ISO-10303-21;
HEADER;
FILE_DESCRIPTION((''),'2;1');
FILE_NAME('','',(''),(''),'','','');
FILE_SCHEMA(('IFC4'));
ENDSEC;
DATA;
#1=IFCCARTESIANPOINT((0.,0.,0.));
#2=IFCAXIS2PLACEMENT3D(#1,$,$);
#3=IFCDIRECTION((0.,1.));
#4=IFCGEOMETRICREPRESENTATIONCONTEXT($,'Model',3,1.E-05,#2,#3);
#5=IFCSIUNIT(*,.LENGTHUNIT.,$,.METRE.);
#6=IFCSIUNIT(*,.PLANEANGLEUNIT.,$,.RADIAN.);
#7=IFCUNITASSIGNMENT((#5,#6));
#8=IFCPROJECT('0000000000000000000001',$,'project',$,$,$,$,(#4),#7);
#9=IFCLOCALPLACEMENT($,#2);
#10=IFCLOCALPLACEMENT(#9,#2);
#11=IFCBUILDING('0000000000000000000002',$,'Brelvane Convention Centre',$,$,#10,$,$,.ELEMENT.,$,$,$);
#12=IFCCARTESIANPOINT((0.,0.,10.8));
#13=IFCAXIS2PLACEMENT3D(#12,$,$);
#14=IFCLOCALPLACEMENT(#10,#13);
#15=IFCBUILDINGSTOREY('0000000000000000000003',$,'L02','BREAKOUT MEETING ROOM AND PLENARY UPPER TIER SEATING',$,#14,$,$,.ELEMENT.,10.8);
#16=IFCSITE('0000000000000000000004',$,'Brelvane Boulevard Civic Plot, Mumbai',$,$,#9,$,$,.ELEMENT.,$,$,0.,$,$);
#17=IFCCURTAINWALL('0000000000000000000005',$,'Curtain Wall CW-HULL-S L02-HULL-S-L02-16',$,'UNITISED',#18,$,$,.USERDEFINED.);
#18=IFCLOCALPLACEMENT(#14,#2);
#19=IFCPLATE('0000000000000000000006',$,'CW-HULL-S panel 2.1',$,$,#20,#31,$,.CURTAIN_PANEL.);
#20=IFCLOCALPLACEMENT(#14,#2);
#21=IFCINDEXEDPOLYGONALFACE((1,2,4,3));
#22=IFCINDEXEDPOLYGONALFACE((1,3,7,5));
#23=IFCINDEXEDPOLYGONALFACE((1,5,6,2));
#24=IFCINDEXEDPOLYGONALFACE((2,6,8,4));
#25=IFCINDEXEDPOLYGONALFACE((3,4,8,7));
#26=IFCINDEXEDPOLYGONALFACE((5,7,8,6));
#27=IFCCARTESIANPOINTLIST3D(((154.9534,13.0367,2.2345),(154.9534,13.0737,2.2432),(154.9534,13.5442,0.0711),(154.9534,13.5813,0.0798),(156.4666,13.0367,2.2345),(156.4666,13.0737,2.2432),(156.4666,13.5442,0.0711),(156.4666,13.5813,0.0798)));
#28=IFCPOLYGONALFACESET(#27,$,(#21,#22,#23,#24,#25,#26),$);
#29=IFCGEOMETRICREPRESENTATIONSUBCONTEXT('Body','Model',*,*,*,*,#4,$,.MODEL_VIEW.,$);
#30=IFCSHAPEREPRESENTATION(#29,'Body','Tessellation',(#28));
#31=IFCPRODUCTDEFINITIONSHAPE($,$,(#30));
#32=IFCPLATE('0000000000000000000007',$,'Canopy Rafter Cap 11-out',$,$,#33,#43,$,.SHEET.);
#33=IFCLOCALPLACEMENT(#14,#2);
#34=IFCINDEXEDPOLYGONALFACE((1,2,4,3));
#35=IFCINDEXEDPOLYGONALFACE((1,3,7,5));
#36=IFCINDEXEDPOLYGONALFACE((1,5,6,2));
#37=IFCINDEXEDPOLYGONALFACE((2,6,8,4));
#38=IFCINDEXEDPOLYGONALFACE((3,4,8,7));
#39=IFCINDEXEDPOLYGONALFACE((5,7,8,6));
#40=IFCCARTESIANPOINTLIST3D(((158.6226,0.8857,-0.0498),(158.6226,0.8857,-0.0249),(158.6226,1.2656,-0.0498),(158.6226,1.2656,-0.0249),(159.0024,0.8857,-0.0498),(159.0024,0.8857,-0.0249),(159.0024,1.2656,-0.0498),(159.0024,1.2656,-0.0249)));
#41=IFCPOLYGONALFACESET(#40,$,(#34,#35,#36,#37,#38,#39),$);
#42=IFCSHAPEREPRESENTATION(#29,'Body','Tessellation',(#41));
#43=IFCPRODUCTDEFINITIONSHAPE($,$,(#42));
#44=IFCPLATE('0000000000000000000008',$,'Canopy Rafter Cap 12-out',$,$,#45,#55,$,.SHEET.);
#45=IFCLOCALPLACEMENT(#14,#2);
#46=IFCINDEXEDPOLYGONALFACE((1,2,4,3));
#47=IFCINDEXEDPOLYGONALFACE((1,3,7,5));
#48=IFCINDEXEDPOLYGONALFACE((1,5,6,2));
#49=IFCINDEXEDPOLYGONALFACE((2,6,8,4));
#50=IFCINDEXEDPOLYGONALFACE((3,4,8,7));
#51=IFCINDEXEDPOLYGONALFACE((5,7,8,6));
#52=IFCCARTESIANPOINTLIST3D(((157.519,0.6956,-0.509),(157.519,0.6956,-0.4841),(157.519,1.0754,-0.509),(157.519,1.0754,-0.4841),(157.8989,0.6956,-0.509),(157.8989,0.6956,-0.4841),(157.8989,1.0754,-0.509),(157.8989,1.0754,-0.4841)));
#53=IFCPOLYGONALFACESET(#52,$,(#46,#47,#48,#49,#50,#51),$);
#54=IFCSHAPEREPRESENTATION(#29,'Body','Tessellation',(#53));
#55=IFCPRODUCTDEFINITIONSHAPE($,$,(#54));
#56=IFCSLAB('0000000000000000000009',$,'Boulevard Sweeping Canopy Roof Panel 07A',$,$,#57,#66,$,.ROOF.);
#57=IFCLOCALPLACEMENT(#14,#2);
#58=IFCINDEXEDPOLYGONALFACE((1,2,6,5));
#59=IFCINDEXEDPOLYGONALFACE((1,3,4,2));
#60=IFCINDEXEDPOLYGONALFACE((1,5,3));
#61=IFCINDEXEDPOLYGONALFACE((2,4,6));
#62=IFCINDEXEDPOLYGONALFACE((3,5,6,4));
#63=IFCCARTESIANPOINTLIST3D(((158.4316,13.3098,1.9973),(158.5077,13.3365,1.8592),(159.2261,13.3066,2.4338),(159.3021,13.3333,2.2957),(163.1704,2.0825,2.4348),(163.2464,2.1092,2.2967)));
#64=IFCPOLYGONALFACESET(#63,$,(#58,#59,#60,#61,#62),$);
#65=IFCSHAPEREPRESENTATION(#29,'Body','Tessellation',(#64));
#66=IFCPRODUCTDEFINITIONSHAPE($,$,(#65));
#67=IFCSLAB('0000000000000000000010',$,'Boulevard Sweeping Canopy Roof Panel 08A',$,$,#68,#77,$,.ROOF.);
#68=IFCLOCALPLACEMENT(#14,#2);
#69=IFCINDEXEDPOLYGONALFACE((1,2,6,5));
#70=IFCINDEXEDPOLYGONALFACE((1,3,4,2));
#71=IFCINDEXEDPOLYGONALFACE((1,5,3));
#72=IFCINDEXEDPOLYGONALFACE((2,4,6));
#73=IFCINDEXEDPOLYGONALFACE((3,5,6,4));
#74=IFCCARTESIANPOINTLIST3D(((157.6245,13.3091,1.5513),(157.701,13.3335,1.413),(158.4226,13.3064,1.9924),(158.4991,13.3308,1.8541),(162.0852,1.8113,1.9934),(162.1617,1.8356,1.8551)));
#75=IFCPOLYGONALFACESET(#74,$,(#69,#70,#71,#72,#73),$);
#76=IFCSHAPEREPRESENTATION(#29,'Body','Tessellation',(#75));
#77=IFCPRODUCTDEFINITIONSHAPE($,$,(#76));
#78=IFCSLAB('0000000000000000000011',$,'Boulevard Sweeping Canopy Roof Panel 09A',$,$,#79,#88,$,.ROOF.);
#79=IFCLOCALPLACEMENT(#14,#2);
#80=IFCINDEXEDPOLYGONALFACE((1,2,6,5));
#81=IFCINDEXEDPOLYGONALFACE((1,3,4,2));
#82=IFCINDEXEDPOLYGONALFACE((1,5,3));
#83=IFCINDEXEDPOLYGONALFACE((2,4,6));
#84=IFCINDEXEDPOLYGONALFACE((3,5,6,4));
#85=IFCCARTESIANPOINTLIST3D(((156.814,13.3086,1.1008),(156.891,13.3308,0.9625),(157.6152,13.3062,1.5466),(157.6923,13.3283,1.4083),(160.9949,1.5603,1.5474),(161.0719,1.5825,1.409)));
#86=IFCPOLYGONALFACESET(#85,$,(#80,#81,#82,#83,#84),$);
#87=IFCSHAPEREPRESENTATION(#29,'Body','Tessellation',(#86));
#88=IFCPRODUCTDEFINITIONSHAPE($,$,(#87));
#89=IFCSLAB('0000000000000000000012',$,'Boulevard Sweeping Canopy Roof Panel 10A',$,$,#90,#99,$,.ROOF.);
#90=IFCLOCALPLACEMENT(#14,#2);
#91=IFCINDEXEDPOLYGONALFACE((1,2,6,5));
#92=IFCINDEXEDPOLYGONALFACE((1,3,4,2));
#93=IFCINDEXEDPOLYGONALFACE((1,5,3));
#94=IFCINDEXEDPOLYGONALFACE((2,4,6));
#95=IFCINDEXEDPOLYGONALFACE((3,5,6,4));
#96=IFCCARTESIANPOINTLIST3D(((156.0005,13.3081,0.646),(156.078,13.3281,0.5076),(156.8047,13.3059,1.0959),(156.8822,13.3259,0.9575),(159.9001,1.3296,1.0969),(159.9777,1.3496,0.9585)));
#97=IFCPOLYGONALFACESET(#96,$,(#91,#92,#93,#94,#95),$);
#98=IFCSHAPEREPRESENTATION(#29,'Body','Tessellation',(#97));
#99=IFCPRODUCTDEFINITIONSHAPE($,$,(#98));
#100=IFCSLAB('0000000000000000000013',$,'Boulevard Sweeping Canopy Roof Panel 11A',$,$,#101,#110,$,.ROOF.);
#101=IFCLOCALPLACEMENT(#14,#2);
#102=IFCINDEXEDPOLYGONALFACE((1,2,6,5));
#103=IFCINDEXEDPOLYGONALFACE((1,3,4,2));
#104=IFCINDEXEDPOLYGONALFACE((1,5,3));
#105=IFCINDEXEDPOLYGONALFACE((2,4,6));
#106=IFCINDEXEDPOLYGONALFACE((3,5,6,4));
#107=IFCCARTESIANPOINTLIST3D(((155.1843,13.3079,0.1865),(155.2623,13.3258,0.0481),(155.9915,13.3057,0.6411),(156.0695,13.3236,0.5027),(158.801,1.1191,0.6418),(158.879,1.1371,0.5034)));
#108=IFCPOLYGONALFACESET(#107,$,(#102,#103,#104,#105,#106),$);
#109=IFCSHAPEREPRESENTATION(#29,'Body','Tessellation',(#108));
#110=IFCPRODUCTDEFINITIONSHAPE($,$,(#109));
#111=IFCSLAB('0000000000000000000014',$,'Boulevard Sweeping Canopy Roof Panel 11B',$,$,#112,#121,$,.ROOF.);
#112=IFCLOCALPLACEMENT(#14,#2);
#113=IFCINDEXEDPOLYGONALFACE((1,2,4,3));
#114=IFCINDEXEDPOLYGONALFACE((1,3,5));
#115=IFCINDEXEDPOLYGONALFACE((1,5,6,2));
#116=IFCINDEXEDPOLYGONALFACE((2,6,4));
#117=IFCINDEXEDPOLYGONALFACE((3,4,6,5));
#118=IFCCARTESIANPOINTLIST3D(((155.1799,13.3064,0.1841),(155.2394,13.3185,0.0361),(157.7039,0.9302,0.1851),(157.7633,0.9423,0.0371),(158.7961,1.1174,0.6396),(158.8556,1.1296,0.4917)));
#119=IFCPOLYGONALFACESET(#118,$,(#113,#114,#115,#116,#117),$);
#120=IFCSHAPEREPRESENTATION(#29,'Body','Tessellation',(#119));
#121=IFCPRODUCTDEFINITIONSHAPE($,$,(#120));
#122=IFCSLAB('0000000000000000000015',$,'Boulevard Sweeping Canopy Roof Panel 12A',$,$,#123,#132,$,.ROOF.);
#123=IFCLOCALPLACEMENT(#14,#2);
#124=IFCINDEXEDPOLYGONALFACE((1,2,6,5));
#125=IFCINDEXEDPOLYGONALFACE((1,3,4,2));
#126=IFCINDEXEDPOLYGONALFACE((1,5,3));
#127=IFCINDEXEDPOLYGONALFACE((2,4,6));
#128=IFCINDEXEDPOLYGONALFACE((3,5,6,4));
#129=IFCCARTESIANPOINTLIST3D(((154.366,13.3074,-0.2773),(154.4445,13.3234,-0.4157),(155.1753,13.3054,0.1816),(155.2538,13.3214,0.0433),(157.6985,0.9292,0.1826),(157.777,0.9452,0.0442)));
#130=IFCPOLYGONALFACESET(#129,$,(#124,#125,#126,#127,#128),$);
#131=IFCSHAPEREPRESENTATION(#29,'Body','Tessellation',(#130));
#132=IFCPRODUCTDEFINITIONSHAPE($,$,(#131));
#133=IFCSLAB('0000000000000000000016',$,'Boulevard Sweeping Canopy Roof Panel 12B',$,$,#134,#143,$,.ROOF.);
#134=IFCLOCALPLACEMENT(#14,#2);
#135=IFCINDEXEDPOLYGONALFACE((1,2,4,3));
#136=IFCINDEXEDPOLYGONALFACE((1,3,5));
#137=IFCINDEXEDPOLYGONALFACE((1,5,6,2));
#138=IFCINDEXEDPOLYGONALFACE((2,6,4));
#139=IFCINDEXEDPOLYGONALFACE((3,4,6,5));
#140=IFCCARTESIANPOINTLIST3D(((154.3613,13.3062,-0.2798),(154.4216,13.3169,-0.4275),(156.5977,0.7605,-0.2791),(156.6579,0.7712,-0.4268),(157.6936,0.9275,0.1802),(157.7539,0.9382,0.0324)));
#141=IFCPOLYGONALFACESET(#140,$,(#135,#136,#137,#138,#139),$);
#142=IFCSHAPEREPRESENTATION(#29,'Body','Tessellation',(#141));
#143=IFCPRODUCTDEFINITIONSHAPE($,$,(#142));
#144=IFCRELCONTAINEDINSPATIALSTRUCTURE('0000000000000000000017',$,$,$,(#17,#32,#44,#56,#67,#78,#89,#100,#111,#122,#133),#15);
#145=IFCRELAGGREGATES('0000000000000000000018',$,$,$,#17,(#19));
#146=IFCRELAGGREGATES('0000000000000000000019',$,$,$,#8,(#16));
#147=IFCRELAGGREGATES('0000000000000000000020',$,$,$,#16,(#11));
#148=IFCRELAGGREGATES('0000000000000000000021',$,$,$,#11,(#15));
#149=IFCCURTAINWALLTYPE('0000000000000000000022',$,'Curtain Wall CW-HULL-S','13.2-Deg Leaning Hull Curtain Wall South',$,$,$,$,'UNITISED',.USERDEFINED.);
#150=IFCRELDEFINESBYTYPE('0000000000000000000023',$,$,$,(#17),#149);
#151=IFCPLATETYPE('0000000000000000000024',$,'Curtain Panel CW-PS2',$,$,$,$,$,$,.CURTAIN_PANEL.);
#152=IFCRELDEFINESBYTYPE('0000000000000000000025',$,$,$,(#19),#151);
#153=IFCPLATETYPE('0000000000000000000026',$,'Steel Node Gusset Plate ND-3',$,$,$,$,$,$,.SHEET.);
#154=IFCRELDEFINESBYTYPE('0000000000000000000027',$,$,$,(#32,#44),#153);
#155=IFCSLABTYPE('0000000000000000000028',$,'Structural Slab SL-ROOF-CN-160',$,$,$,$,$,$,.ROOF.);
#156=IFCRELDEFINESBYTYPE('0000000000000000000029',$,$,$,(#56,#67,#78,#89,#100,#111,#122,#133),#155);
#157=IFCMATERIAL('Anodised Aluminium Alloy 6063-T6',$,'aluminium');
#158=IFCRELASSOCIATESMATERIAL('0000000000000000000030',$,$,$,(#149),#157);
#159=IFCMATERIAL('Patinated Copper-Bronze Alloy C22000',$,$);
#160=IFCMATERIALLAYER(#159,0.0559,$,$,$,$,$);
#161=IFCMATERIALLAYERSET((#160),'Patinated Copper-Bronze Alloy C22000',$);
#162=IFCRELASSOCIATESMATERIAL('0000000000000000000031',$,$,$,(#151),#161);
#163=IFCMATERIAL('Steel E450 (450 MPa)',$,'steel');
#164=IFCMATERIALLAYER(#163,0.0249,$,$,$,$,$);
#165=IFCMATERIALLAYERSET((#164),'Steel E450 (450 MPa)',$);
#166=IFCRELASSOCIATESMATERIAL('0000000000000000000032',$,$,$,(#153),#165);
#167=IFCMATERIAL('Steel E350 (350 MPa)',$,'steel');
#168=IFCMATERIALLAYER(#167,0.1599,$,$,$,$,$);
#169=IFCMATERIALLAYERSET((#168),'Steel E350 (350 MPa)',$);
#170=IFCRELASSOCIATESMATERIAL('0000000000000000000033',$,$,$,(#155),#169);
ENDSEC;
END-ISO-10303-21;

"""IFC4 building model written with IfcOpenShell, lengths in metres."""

from ifc_helpers import new_model, si_unit, direction, frame, origin, origin_2d, place, context, subcontext, project, spatial, polyline, rectangle, outline, extrude, material, layer, layer_set, type_object, element, aggregate, save


model = new_model("IFC4")

# Units and contexts
model_context = context("Model", 3, precision=1e-05, world=origin(), true_north=direction((0.0, 1.0)))
body_context = subcontext(model_context, "Body", "Model", "MODEL_VIEW")
ifc_project = project(units=[si_unit("LENGTHUNIT", "METRE"), si_unit("PLANEANGLEUNIT", "RADIAN")], contexts=[model_context])

# Site, building, storey
site_placement = place(None, origin())
site = spatial("IfcSite", under=ifc_project, at=site_placement, Name="Brelvane Boulevard Civic Plot, Mumbai", CompositionType="ELEMENT", RefElevation=0.0)
building_placement = place(site_placement, origin())
building = spatial("IfcBuilding", under=site, at=building_placement, Name="Brelvane Convention Centre", CompositionType="ELEMENT")
storey_placement = place(building_placement, frame((0.0, 0.0, 10.8)))
storey = spatial("IfcBuildingStorey", under=building, at=storey_placement, Name="L02", Description="BREAKOUT MEETING ROOM AND PLENARY UPPER TIER SEATING", CompositionType="ELEMENT", Elevation=10.8)

# Curtain wall
ifc_material_1 = material(Name="Anodised Aluminium Alloy 6063-T6", Category="aluminium")
curtain_wall_type = type_object("IfcCurtainWallType", Name="Curtain Wall CW-HULL-S", Description="13.2-Deg Leaning Hull Curtain Wall South", ElementType="UNITISED", PredefinedType="USERDEFINED", material=ifc_material_1)
curtain_wall_placement = place(storey_placement, origin())
curtain_wall = element("IfcCurtainWall", 1, at=curtain_wall_placement, inside=storey, type_object=curtain_wall_type, Name="Curtain Wall CW-HULL-S L02-HULL-S-L02-16", ObjectType="UNITISED", PredefinedType="USERDEFINED")

# Plate
ifc_material_2 = material(Name="Patinated Copper-Bronze Alloy C22000")
ifc_layer_1 = layer(ifc_material_2, 0.0559)
ifc_layer_set_1 = layer_set([ifc_layer_1], Name="Patinated Copper-Bronze Alloy C22000")
plate_type_1 = type_object("IfcPlateType", Name="Curtain Panel CW-PS2", PredefinedType="CURTAIN_PANEL", material=ifc_layer_set_1)
plate_1_placement = place(storey_placement, frame((154.9534, 13.5813, 0.0798), z_axis=(0.0, 0.973563, 0.228421), x_axis=(1.0, 0.0, 0.0)))
plate_1 = element("IfcPlate", 2, at=plate_1_placement, type_object=plate_type_1, Name="CW-HULL-S panel 2.1", PredefinedType="CURTAIN_PANEL", context=body_context, shape_type="SweptSolid", body=[
    extrude(outline(polyline([(0.0, 0.0), (1.5132, 0.0), (1.5132, -2.2221), (0.0, -2.2221), (0.0, 0.0)])), origin(), (0.0, 0.0, -1.0), 0.0381),
])
aggregate(curtain_wall, [plate_1])

# Plates
ifc_material_3 = material(Name="Steel E450 (450 MPa)", Category="steel")
ifc_layer_2 = layer(ifc_material_3, 0.0249)
ifc_layer_set_2 = layer_set([ifc_layer_2], Name="Steel E450 (450 MPa)")
plate_type_2 = type_object("IfcPlateType", Name="Steel Node Gusset Plate ND-3", PredefinedType="SHEET", material=ifc_layer_set_2)
for number, where, z_axis, x_axis, name in (
    (3, (158.8125, 1.0757, -0.0498), (0.0, 0.0, 1.0), (1.0, 0.0, 0.0), "Canopy Rafter Cap 11-out"),
    (4, (157.709, 0.8855, -0.509), (0.0, 0.0, 1.0), (1.0, 0.0, 0.0), "Canopy Rafter Cap 12-out"),
):
    element("IfcPlate", number, at=place(storey_placement, frame(where, z_axis=z_axis, x_axis=x_axis)), inside=storey, type_object=plate_type_2, Name=name, PredefinedType="SHEET", context=body_context, shape_type="SweptSolid", body=[
        extrude(rectangle(XDim=0.3799, YDim=0.3799, at=origin_2d()), origin(), (0.0, 0.0, 1.0), 0.0249),
    ])

# Slabs
ifc_material_4 = material(Name="Steel E350 (350 MPa)", Category="steel")
ifc_layer_3 = layer(ifc_material_4, 0.1599)
ifc_layer_set_3 = layer_set([ifc_layer_3], Name="Steel E350 (350 MPa)")
slab_type = type_object("IfcSlabType", Name="Structural Slab SL-ROOF-CN-160", PredefinedType="ROOF", material=ifc_layer_set_3)
slab_1_placement = place(storey_placement, frame((159.2261, 13.3066, 2.4338), z_axis=(-0.47532, -0.16696, 0.863826), x_axis=(0.33154, -0.943441, 0.000082)))
element("IfcSlab", 5, at=slab_1_placement, inside=storey, type_object=slab_type, Name="Boulevard Sweeping Canopy Roof Panel 07A", PredefinedType="ROOF", context=body_context, shape_type="SweptSolid", body=[
    extrude(outline(polyline([(0.0, 0.0), (11.897, 0.0), (-0.2664, -0.8664), (0.0, 0.0)])), origin(), (0.0, 0.0, -1.0), 0.1599),
])
slab_2_placement = place(storey_placement, frame((158.4226, 13.3064, 1.9924), z_axis=(-0.47852, -0.152394, 0.864751), x_axis=(0.303585, -0.952805, 0.000081)))
element("IfcSlab", 6, at=slab_2_placement, inside=storey, type_object=slab_type, Name="Boulevard Sweeping Canopy Roof Panel 08A", PredefinedType="ROOF", context=body_context, shape_type="SweptSolid", body=[
    extrude(outline(polyline([(0.0, 0.0), (12.0645, 0.0), (-0.2449, -0.8784), (0.0, 0.0)])), origin(), (0.0, 0.0, -1.0), 0.1599),
])
slab_3_placement = place(storey_placement, frame((157.6152, 13.3062, 1.5466), z_axis=(-0.481817, -0.138579, 0.865245), x_axis=(0.276512, -0.96101, 0.00006)))
element("IfcSlab", 7, at=slab_3_placement, inside=storey, type_object=slab_type, Name="Boulevard Sweeping Canopy Roof Panel 09A", PredefinedType="ROOF", context=body_context, shape_type="SweptSolid", body=[
    extrude(outline(polyline([(0.0, 0.0), (12.2224, 0.0), (-0.2239, -0.8892), (0.0, 0.0)])), origin(), (0.0, 0.0, -1.0), 0.1599),
])
slab_4_placement = place(storey_placement, frame((156.8047, 13.3059, 1.0959), z_axis=(-0.484691, -0.125205, 0.865678), x_axis=(0.250242, -0.968183, 0.000079)))
element("IfcSlab", 8, at=slab_4_placement, inside=storey, type_object=slab_type, Name="Boulevard Sweeping Canopy Roof Panel 10A", PredefinedType="ROOF", context=body_context, shape_type="SweptSolid", body=[
    extrude(outline(polyline([(0.0, 0.0), (12.3699, 0.0), (-0.2034, -0.8988), (0.0, 0.0)])), origin(), (0.0, 0.0, -1.0), 0.1599),
])
slab_5_placement = place(storey_placement, frame((155.9915, 13.3057, 0.6411), z_axis=(-0.487858, -0.112422, 0.865653), x_axis=(0.224654, -0.974439, 0.000059)))
element("IfcSlab", 9, at=slab_5_placement, inside=storey, type_object=slab_type, Name="Boulevard Sweeping Canopy Roof Panel 11A", PredefinedType="ROOF", context=body_context, shape_type="SweptSolid", body=[
    extrude(outline(polyline([(0.0, 0.0), (12.5062, 0.0), (-0.1835, -0.908), (0.0, 0.0)])), origin(), (0.0, 0.0, -1.0), 0.1599),
])
slab_6_placement = place(storey_placement, frame((158.7961, 1.1174, 0.6396), z_axis=(-0.372026, -0.075796, 0.925123), x_axis=(-0.911884, -0.156329, -0.37951)))
element("IfcSlab", 10, at=slab_6_placement, inside=storey, type_object=slab_type, Name="Boulevard Sweeping Canopy Roof Panel 11B", PredefinedType="ROOF", context=body_context, shape_type="SweptSolid", body=[
    extrude(outline(polyline([(0.0, 0.0), (1.1978, 0.0), (1.565, -12.6256), (0.0, 0.0)])), origin(), (0.0, 0.0, -1.0), 0.1599),
])
slab_7_placement = place(storey_placement, frame((155.1753, 13.3054, 0.1816), z_axis=(-0.491019, -0.100038, 0.865386), x_axis=(0.199765, -0.979844, 0.000077)))
element("IfcSlab", 11, at=slab_7_placement, inside=storey, type_object=slab_type, Name="Boulevard Sweeping Canopy Roof Panel 12A", PredefinedType="ROOF", context=body_context, shape_type="SweptSolid", body=[
    extrude(outline(polyline([(0.0, 0.0), (12.6308, 0.0), (-0.1636, -0.9159), (0.0, 0.0)])), origin(), (0.0, 0.0, -1.0), 0.1599),
])
slab_8_placement = place(storey_placement, frame((157.6936, 0.9275, 0.1802), z_axis=(-0.376878, -0.067127, 0.923827), x_axis=(-0.913328, -0.139166, -0.382707)))
element("IfcSlab", 12, at=slab_8_placement, inside=storey, type_object=slab_type, Name="Boulevard Sweeping Canopy Roof Panel 12B", PredefinedType="ROOF", context=body_context, shape_type="SweptSolid", body=[
    extrude(outline(polyline([(0.0, 0.0), (1.1999, 0.0), (1.4968, -12.74), (0.0, 0.0)])), origin(), (0.0, 0.0, -1.0), 0.1599),
])

save(model, "model.ifc")
